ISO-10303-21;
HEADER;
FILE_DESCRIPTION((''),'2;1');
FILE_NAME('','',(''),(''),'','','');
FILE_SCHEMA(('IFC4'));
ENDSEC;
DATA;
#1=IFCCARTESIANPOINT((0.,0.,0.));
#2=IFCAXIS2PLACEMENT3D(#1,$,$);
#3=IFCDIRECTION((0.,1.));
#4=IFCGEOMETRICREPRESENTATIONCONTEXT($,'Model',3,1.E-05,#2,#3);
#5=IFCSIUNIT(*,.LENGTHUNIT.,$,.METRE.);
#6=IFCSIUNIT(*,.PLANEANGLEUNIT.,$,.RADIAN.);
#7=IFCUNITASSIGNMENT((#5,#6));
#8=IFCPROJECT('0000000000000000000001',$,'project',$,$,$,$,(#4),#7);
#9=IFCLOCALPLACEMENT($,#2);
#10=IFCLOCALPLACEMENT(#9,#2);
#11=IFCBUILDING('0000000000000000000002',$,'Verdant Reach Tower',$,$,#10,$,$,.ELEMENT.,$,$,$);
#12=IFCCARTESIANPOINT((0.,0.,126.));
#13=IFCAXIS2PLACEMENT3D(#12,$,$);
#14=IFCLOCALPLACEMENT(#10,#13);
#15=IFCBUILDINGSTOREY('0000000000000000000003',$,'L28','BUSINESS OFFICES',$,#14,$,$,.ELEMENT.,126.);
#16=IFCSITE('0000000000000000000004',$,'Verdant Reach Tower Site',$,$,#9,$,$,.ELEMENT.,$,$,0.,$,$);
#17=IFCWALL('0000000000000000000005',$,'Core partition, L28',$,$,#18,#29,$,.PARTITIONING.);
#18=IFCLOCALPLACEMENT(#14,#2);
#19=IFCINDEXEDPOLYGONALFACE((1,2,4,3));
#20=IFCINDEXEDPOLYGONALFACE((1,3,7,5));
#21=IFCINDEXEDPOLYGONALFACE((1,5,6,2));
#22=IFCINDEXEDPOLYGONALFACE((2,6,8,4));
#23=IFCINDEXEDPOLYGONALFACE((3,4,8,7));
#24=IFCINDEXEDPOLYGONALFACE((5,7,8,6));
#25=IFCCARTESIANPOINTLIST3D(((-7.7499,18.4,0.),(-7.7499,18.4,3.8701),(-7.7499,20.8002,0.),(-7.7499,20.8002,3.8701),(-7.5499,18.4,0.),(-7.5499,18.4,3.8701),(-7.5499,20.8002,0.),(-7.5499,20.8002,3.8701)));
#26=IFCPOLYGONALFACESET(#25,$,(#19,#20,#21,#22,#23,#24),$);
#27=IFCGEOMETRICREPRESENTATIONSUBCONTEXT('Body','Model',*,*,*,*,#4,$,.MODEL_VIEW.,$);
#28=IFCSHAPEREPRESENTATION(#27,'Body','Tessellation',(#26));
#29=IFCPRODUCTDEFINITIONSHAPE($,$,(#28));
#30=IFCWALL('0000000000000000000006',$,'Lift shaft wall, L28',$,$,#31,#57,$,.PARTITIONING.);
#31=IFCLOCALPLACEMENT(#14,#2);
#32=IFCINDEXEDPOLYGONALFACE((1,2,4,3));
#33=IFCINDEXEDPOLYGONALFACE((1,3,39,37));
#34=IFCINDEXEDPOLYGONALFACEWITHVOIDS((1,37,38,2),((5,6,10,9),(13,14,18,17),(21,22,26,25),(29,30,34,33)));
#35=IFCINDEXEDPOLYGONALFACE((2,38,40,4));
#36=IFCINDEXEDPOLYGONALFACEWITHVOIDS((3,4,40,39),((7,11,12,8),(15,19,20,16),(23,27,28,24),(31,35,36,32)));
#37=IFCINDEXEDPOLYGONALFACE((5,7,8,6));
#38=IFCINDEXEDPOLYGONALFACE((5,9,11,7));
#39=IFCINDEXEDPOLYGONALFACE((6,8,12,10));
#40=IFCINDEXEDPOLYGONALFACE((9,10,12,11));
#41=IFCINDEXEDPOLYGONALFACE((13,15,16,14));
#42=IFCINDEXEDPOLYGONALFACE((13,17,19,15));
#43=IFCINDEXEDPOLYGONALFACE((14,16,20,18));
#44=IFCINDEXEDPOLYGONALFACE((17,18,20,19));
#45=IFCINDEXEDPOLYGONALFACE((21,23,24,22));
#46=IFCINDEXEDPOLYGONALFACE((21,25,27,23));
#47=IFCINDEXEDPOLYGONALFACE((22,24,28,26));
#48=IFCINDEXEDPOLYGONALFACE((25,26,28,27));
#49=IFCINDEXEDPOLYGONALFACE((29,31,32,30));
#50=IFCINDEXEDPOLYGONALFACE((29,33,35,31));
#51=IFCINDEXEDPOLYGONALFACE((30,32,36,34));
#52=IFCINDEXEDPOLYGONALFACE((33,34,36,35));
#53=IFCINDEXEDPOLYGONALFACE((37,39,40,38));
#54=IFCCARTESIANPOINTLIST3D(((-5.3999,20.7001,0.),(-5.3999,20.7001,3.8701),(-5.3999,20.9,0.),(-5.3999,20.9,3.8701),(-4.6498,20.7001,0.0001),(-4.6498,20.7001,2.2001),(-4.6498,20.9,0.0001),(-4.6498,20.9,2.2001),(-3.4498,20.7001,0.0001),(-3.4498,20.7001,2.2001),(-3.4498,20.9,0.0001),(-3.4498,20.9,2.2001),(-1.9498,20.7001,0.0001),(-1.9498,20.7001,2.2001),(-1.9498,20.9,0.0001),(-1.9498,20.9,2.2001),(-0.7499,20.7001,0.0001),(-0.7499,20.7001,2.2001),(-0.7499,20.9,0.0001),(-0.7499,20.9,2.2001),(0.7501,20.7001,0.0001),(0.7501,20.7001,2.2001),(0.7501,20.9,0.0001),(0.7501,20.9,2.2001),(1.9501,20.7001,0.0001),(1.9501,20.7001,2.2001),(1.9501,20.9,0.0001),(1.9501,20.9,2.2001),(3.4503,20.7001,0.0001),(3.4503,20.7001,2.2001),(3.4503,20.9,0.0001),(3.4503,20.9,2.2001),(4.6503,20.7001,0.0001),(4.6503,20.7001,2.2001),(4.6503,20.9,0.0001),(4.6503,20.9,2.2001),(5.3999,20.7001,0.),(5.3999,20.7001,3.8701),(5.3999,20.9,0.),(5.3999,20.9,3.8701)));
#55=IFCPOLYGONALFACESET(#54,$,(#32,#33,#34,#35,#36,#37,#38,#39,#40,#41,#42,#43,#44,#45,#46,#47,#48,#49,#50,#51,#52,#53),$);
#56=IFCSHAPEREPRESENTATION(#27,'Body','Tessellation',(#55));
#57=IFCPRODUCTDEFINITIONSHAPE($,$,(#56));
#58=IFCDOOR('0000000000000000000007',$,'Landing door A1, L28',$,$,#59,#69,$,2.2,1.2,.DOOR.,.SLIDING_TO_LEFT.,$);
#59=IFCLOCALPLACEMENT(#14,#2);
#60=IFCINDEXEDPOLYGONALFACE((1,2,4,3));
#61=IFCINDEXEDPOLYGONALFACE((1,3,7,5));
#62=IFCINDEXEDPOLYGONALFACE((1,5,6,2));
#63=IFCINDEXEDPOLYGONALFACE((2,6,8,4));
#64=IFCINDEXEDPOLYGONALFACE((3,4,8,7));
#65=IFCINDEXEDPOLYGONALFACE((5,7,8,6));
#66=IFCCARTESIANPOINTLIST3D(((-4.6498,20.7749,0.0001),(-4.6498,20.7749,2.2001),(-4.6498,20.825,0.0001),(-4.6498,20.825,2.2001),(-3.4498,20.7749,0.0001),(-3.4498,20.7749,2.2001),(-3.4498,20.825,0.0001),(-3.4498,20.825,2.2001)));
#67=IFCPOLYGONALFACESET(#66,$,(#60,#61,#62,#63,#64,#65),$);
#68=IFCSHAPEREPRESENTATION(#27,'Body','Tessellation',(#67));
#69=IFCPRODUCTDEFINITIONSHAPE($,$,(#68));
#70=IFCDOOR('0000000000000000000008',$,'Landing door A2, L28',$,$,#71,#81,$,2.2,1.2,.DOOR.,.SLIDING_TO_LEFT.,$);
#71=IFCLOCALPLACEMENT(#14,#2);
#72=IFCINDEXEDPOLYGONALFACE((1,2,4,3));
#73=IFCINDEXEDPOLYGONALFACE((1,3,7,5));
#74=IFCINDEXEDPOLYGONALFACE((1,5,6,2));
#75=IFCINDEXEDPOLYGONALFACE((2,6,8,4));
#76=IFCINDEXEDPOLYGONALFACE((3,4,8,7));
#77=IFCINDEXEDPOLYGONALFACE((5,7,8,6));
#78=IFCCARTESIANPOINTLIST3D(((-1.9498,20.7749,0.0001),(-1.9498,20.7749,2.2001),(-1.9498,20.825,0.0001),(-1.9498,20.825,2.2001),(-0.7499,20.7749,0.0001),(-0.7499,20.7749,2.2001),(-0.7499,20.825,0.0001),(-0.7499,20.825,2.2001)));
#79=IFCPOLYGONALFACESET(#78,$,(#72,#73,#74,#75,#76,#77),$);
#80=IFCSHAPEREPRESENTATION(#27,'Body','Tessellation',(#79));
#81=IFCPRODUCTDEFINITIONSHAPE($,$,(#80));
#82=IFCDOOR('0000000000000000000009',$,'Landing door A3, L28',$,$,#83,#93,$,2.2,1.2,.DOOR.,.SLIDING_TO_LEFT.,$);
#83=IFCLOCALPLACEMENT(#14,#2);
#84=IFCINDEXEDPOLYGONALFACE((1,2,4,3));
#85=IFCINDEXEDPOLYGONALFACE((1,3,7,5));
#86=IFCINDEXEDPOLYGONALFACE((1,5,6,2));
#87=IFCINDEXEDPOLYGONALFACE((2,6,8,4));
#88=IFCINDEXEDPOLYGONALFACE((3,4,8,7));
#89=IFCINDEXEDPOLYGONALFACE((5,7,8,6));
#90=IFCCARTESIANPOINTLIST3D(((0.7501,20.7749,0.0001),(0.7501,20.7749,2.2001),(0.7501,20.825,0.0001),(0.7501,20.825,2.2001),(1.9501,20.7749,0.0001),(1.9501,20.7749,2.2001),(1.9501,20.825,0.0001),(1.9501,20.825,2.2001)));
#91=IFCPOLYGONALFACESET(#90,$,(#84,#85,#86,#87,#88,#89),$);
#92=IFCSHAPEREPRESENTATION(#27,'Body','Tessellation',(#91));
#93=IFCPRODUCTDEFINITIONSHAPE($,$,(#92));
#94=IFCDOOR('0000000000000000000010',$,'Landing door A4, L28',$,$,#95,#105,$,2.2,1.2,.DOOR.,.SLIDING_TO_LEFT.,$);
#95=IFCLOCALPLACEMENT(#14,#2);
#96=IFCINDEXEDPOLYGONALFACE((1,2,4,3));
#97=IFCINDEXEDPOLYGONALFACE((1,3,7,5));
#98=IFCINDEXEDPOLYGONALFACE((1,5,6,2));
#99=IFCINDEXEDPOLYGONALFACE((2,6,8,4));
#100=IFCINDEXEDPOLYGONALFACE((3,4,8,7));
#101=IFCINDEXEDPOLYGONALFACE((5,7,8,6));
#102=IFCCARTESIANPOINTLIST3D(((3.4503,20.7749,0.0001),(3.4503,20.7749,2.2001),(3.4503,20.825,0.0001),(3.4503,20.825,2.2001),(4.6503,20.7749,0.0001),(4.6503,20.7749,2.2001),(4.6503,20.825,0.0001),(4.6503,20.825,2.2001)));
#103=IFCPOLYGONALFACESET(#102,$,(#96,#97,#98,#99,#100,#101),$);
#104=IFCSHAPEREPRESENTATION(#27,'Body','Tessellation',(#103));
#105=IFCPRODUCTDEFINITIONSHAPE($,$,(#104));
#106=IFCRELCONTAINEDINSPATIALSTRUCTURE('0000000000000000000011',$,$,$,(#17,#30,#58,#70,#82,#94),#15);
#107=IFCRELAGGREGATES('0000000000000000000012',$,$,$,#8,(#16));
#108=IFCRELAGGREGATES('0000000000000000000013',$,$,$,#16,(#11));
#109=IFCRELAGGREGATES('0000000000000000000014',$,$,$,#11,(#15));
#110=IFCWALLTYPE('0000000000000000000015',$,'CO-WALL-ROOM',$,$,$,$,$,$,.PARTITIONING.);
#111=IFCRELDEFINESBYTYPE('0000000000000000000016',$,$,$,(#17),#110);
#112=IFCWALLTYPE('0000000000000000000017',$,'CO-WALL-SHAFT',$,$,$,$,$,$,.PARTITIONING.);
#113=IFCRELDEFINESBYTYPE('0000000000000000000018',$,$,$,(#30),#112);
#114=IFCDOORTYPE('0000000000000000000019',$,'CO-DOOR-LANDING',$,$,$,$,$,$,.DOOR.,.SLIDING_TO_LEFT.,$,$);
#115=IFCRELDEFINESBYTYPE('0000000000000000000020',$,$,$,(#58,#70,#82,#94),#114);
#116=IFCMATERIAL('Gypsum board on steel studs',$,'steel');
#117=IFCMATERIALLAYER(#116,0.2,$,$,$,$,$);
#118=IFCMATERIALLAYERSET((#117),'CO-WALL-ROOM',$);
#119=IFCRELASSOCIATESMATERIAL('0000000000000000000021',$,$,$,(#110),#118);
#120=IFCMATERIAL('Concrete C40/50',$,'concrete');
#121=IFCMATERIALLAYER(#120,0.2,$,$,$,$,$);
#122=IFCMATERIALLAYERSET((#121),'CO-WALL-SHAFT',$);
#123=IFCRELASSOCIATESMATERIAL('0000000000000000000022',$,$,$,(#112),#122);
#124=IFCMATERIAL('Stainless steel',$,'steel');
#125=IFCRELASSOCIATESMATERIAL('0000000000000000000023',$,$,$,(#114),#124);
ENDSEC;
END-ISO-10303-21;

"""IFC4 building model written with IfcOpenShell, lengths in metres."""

from ifc_helpers import new_model, si_unit, direction, frame, frame_2d, origin, place, context, subcontext, project, spatial, rectangle, extrude, material, layer, layer_set, type_object, element, fill, save


model = new_model("IFC4")

# Units and contexts
model_context = context("Model", 3, precision=1e-05, world=origin(), true_north=direction((0.0, 1.0)))
body_context = subcontext(model_context, "Body", "Model", "MODEL_VIEW")
ifc_project = project(units=[si_unit("LENGTHUNIT", "METRE"), si_unit("PLANEANGLEUNIT", "RADIAN")], contexts=[model_context])

# Site, building, storey
site_placement = place(None, origin())
site = spatial("IfcSite", under=ifc_project, at=site_placement, Name="Verdant Reach Tower Site", CompositionType="ELEMENT", RefElevation=0.0)
building_placement = place(site_placement, origin())
building = spatial("IfcBuilding", under=site, at=building_placement, Name="Verdant Reach Tower", CompositionType="ELEMENT")
storey_placement = place(building_placement, frame((0.0, 0.0, 126.0)))
storey = spatial("IfcBuildingStorey", under=building, at=storey_placement, Name="L28", Description="BUSINESS OFFICES", CompositionType="ELEMENT", Elevation=126.0)

# Wall
ifc_material_1 = material(Name="Gypsum board on steel studs", Category="steel")
ifc_layer_1 = layer(ifc_material_1, 0.2)
ifc_layer_set_1 = layer_set([ifc_layer_1], Name="CO-WALL-ROOM")
wall_type_1 = type_object("IfcWallType", Name="CO-WALL-ROOM", PredefinedType="PARTITIONING", material=ifc_layer_set_1)
wall_1_placement = place(storey_placement, frame((-7.6499, 18.3999, 0.0), z_axis=(0.0, 0.0, 1.0), x_axis=(0.0, 1.0, 0.0)))
element("IfcWall", 1, at=wall_1_placement, inside=storey, type_object=wall_type_1, Name="Core partition, L28", PredefinedType="PARTITIONING", context=body_context, shape_type="SweptSolid", body=[
    extrude(rectangle(XDim=2.4001, YDim=0.2, at=frame_2d((1.2002, 0.0))), origin(), (0.0, 0.0, 1.0), 3.8701),
])

# Wall, openings, doors
ifc_material_2 = material(Name="Concrete C40/50", Category="concrete")
ifc_layer_2 = layer(ifc_material_2, 0.2)
ifc_layer_set_2 = layer_set([ifc_layer_2], Name="CO-WALL-SHAFT")
wall_type_2 = type_object("IfcWallType", Name="CO-WALL-SHAFT", PredefinedType="PARTITIONING", material=ifc_layer_set_2)
wall_2_placement = place(storey_placement, frame((-5.3999, 20.8, 0.0), z_axis=(0.0, 0.0, 1.0), x_axis=(1.0, 0.0, 0.0)))
wall_2 = element("IfcWall", 2, at=wall_2_placement, inside=storey, type_object=wall_type_2, Name="Lift shaft wall, L28", PredefinedType="PARTITIONING", context=body_context, shape_type="SweptSolid", body=[
    extrude(rectangle(XDim=10.7998, YDim=0.2, at=frame_2d((5.3999, 0.0))), origin(), (0.0, 0.0, 1.0), 3.8701),
])
opening_1_placement = place(wall_2_placement, frame((0.75, 0.0, 0.0)))
opening_1 = element("IfcOpeningElement", 3, at=opening_1_placement, cuts=wall_2, PredefinedType="OPENING", context=body_context, shape_type="SweptSolid", body=[
    extrude(rectangle(XDim=1.2, YDim=2.2, at=frame_2d((0.6001, 1.1001))), frame((0.0, 0.1099, 0.0), z_axis=(0.0, -1.0, 0.0), x_axis=(1.0, 0.0, 0.0)), (0.0, 0.0, 1.0), 0.22),
])
opening_2_placement = place(wall_2_placement, frame((3.45, 0.0, 0.0)))
opening_2 = element("IfcOpeningElement", 4, at=opening_2_placement, cuts=wall_2, PredefinedType="OPENING", context=body_context, shape_type="SweptSolid", body=[
    extrude(rectangle(XDim=1.2, YDim=2.2, at=frame_2d((0.6001, 1.1001))), frame((0.0, 0.1099, 0.0), z_axis=(0.0, -1.0, 0.0), x_axis=(1.0, 0.0, 0.0)), (0.0, 0.0, 1.0), 0.22),
])
opening_3_placement = place(wall_2_placement, frame((6.1499, 0.0, 0.0)))
opening_3 = element("IfcOpeningElement", 5, at=opening_3_placement, cuts=wall_2, PredefinedType="OPENING", context=body_context, shape_type="SweptSolid", body=[
    extrude(rectangle(XDim=1.2, YDim=2.2, at=frame_2d((0.6001, 1.1001))), frame((0.0, 0.1099, 0.0), z_axis=(0.0, -1.0, 0.0), x_axis=(1.0, 0.0, 0.0)), (0.0, 0.0, 1.0), 0.22),
])
opening_4_placement = place(wall_2_placement, frame((8.8501, 0.0, 0.0)))
opening_4 = element("IfcOpeningElement", 6, at=opening_4_placement, cuts=wall_2, PredefinedType="OPENING", context=body_context, shape_type="SweptSolid", body=[
    extrude(rectangle(XDim=1.2, YDim=2.2, at=frame_2d((0.6001, 1.1001))), frame((0.0, 0.1099, 0.0), z_axis=(0.0, -1.0, 0.0), x_axis=(1.0, 0.0, 0.0)), (0.0, 0.0, 1.0), 0.22),
])
ifc_material_3 = material(Name="Stainless steel", Category="steel")
door_type_1 = type_object("IfcDoorType", Name="CO-DOOR-LANDING", OperationType="SLIDING_TO_LEFT", PredefinedType="DOOR", material=ifc_material_3)
door_1_placement = place(opening_1_placement, origin())
door_1 = element("IfcDoor", 7, at=door_1_placement, inside=storey, type_object=door_type_1, Name="Landing door A1, L28", OperationType="SLIDING_TO_LEFT", OverallHeight=2.2, OverallWidth=1.2, PredefinedType="DOOR", context=body_context, shape_type="SweptSolid", body=[
    extrude(rectangle(XDim=1.2, YDim=2.2, at=frame_2d((0.6001, 1.1001))), frame((0.0, 0.0249, 0.0), z_axis=(0.0, -1.0, 0.0), x_axis=(1.0, 0.0, 0.0)), (0.0, 0.0, 1.0), 0.05),
])
fill(opening_1, door_1)
door_2_placement = place(opening_2_placement, origin())
door_2 = element("IfcDoor", 8, at=door_2_placement, inside=storey, type_object=door_type_1, Name="Landing door A2, L28", OperationType="SLIDING_TO_LEFT", OverallHeight=2.2, OverallWidth=1.2, PredefinedType="DOOR", context=body_context, shape_type="SweptSolid", body=[
    extrude(rectangle(XDim=1.2, YDim=2.2, at=frame_2d((0.6001, 1.1001))), frame((0.0, 0.0249, 0.0), z_axis=(0.0, -1.0, 0.0), x_axis=(1.0, 0.0, 0.0)), (0.0, 0.0, 1.0), 0.05),
])
fill(opening_2, door_2)
door_3_placement = place(opening_3_placement, origin())
door_3 = element("IfcDoor", 9, at=door_3_placement, inside=storey, type_object=door_type_1, Name="Landing door A3, L28", OperationType="SLIDING_TO_LEFT", OverallHeight=2.2, OverallWidth=1.2, PredefinedType="DOOR", context=body_context, shape_type="SweptSolid", body=[
    extrude(rectangle(XDim=1.2, YDim=2.2, at=frame_2d((0.6001, 1.1001))), frame((0.0, 0.0249, 0.0), z_axis=(0.0, -1.0, 0.0), x_axis=(1.0, 0.0, 0.0)), (0.0, 0.0, 1.0), 0.05),
])
fill(opening_3, door_3)
door_4_placement = place(opening_4_placement, origin())
door_4 = element("IfcDoor", 10, at=door_4_placement, inside=storey, type_object=door_type_1, Name="Landing door A4, L28", OperationType="SLIDING_TO_LEFT", OverallHeight=2.2, OverallWidth=1.2, PredefinedType="DOOR", context=body_context, shape_type="SweptSolid", body=[
    extrude(rectangle(XDim=1.2, YDim=2.2, at=frame_2d((0.6001, 1.1001))), frame((0.0, 0.0249, 0.0), z_axis=(0.0, -1.0, 0.0), x_axis=(1.0, 0.0, 0.0)), (0.0, 0.0, 1.0), 0.05),
])
fill(opening_4, door_4)

save(model, "model.ifc")
